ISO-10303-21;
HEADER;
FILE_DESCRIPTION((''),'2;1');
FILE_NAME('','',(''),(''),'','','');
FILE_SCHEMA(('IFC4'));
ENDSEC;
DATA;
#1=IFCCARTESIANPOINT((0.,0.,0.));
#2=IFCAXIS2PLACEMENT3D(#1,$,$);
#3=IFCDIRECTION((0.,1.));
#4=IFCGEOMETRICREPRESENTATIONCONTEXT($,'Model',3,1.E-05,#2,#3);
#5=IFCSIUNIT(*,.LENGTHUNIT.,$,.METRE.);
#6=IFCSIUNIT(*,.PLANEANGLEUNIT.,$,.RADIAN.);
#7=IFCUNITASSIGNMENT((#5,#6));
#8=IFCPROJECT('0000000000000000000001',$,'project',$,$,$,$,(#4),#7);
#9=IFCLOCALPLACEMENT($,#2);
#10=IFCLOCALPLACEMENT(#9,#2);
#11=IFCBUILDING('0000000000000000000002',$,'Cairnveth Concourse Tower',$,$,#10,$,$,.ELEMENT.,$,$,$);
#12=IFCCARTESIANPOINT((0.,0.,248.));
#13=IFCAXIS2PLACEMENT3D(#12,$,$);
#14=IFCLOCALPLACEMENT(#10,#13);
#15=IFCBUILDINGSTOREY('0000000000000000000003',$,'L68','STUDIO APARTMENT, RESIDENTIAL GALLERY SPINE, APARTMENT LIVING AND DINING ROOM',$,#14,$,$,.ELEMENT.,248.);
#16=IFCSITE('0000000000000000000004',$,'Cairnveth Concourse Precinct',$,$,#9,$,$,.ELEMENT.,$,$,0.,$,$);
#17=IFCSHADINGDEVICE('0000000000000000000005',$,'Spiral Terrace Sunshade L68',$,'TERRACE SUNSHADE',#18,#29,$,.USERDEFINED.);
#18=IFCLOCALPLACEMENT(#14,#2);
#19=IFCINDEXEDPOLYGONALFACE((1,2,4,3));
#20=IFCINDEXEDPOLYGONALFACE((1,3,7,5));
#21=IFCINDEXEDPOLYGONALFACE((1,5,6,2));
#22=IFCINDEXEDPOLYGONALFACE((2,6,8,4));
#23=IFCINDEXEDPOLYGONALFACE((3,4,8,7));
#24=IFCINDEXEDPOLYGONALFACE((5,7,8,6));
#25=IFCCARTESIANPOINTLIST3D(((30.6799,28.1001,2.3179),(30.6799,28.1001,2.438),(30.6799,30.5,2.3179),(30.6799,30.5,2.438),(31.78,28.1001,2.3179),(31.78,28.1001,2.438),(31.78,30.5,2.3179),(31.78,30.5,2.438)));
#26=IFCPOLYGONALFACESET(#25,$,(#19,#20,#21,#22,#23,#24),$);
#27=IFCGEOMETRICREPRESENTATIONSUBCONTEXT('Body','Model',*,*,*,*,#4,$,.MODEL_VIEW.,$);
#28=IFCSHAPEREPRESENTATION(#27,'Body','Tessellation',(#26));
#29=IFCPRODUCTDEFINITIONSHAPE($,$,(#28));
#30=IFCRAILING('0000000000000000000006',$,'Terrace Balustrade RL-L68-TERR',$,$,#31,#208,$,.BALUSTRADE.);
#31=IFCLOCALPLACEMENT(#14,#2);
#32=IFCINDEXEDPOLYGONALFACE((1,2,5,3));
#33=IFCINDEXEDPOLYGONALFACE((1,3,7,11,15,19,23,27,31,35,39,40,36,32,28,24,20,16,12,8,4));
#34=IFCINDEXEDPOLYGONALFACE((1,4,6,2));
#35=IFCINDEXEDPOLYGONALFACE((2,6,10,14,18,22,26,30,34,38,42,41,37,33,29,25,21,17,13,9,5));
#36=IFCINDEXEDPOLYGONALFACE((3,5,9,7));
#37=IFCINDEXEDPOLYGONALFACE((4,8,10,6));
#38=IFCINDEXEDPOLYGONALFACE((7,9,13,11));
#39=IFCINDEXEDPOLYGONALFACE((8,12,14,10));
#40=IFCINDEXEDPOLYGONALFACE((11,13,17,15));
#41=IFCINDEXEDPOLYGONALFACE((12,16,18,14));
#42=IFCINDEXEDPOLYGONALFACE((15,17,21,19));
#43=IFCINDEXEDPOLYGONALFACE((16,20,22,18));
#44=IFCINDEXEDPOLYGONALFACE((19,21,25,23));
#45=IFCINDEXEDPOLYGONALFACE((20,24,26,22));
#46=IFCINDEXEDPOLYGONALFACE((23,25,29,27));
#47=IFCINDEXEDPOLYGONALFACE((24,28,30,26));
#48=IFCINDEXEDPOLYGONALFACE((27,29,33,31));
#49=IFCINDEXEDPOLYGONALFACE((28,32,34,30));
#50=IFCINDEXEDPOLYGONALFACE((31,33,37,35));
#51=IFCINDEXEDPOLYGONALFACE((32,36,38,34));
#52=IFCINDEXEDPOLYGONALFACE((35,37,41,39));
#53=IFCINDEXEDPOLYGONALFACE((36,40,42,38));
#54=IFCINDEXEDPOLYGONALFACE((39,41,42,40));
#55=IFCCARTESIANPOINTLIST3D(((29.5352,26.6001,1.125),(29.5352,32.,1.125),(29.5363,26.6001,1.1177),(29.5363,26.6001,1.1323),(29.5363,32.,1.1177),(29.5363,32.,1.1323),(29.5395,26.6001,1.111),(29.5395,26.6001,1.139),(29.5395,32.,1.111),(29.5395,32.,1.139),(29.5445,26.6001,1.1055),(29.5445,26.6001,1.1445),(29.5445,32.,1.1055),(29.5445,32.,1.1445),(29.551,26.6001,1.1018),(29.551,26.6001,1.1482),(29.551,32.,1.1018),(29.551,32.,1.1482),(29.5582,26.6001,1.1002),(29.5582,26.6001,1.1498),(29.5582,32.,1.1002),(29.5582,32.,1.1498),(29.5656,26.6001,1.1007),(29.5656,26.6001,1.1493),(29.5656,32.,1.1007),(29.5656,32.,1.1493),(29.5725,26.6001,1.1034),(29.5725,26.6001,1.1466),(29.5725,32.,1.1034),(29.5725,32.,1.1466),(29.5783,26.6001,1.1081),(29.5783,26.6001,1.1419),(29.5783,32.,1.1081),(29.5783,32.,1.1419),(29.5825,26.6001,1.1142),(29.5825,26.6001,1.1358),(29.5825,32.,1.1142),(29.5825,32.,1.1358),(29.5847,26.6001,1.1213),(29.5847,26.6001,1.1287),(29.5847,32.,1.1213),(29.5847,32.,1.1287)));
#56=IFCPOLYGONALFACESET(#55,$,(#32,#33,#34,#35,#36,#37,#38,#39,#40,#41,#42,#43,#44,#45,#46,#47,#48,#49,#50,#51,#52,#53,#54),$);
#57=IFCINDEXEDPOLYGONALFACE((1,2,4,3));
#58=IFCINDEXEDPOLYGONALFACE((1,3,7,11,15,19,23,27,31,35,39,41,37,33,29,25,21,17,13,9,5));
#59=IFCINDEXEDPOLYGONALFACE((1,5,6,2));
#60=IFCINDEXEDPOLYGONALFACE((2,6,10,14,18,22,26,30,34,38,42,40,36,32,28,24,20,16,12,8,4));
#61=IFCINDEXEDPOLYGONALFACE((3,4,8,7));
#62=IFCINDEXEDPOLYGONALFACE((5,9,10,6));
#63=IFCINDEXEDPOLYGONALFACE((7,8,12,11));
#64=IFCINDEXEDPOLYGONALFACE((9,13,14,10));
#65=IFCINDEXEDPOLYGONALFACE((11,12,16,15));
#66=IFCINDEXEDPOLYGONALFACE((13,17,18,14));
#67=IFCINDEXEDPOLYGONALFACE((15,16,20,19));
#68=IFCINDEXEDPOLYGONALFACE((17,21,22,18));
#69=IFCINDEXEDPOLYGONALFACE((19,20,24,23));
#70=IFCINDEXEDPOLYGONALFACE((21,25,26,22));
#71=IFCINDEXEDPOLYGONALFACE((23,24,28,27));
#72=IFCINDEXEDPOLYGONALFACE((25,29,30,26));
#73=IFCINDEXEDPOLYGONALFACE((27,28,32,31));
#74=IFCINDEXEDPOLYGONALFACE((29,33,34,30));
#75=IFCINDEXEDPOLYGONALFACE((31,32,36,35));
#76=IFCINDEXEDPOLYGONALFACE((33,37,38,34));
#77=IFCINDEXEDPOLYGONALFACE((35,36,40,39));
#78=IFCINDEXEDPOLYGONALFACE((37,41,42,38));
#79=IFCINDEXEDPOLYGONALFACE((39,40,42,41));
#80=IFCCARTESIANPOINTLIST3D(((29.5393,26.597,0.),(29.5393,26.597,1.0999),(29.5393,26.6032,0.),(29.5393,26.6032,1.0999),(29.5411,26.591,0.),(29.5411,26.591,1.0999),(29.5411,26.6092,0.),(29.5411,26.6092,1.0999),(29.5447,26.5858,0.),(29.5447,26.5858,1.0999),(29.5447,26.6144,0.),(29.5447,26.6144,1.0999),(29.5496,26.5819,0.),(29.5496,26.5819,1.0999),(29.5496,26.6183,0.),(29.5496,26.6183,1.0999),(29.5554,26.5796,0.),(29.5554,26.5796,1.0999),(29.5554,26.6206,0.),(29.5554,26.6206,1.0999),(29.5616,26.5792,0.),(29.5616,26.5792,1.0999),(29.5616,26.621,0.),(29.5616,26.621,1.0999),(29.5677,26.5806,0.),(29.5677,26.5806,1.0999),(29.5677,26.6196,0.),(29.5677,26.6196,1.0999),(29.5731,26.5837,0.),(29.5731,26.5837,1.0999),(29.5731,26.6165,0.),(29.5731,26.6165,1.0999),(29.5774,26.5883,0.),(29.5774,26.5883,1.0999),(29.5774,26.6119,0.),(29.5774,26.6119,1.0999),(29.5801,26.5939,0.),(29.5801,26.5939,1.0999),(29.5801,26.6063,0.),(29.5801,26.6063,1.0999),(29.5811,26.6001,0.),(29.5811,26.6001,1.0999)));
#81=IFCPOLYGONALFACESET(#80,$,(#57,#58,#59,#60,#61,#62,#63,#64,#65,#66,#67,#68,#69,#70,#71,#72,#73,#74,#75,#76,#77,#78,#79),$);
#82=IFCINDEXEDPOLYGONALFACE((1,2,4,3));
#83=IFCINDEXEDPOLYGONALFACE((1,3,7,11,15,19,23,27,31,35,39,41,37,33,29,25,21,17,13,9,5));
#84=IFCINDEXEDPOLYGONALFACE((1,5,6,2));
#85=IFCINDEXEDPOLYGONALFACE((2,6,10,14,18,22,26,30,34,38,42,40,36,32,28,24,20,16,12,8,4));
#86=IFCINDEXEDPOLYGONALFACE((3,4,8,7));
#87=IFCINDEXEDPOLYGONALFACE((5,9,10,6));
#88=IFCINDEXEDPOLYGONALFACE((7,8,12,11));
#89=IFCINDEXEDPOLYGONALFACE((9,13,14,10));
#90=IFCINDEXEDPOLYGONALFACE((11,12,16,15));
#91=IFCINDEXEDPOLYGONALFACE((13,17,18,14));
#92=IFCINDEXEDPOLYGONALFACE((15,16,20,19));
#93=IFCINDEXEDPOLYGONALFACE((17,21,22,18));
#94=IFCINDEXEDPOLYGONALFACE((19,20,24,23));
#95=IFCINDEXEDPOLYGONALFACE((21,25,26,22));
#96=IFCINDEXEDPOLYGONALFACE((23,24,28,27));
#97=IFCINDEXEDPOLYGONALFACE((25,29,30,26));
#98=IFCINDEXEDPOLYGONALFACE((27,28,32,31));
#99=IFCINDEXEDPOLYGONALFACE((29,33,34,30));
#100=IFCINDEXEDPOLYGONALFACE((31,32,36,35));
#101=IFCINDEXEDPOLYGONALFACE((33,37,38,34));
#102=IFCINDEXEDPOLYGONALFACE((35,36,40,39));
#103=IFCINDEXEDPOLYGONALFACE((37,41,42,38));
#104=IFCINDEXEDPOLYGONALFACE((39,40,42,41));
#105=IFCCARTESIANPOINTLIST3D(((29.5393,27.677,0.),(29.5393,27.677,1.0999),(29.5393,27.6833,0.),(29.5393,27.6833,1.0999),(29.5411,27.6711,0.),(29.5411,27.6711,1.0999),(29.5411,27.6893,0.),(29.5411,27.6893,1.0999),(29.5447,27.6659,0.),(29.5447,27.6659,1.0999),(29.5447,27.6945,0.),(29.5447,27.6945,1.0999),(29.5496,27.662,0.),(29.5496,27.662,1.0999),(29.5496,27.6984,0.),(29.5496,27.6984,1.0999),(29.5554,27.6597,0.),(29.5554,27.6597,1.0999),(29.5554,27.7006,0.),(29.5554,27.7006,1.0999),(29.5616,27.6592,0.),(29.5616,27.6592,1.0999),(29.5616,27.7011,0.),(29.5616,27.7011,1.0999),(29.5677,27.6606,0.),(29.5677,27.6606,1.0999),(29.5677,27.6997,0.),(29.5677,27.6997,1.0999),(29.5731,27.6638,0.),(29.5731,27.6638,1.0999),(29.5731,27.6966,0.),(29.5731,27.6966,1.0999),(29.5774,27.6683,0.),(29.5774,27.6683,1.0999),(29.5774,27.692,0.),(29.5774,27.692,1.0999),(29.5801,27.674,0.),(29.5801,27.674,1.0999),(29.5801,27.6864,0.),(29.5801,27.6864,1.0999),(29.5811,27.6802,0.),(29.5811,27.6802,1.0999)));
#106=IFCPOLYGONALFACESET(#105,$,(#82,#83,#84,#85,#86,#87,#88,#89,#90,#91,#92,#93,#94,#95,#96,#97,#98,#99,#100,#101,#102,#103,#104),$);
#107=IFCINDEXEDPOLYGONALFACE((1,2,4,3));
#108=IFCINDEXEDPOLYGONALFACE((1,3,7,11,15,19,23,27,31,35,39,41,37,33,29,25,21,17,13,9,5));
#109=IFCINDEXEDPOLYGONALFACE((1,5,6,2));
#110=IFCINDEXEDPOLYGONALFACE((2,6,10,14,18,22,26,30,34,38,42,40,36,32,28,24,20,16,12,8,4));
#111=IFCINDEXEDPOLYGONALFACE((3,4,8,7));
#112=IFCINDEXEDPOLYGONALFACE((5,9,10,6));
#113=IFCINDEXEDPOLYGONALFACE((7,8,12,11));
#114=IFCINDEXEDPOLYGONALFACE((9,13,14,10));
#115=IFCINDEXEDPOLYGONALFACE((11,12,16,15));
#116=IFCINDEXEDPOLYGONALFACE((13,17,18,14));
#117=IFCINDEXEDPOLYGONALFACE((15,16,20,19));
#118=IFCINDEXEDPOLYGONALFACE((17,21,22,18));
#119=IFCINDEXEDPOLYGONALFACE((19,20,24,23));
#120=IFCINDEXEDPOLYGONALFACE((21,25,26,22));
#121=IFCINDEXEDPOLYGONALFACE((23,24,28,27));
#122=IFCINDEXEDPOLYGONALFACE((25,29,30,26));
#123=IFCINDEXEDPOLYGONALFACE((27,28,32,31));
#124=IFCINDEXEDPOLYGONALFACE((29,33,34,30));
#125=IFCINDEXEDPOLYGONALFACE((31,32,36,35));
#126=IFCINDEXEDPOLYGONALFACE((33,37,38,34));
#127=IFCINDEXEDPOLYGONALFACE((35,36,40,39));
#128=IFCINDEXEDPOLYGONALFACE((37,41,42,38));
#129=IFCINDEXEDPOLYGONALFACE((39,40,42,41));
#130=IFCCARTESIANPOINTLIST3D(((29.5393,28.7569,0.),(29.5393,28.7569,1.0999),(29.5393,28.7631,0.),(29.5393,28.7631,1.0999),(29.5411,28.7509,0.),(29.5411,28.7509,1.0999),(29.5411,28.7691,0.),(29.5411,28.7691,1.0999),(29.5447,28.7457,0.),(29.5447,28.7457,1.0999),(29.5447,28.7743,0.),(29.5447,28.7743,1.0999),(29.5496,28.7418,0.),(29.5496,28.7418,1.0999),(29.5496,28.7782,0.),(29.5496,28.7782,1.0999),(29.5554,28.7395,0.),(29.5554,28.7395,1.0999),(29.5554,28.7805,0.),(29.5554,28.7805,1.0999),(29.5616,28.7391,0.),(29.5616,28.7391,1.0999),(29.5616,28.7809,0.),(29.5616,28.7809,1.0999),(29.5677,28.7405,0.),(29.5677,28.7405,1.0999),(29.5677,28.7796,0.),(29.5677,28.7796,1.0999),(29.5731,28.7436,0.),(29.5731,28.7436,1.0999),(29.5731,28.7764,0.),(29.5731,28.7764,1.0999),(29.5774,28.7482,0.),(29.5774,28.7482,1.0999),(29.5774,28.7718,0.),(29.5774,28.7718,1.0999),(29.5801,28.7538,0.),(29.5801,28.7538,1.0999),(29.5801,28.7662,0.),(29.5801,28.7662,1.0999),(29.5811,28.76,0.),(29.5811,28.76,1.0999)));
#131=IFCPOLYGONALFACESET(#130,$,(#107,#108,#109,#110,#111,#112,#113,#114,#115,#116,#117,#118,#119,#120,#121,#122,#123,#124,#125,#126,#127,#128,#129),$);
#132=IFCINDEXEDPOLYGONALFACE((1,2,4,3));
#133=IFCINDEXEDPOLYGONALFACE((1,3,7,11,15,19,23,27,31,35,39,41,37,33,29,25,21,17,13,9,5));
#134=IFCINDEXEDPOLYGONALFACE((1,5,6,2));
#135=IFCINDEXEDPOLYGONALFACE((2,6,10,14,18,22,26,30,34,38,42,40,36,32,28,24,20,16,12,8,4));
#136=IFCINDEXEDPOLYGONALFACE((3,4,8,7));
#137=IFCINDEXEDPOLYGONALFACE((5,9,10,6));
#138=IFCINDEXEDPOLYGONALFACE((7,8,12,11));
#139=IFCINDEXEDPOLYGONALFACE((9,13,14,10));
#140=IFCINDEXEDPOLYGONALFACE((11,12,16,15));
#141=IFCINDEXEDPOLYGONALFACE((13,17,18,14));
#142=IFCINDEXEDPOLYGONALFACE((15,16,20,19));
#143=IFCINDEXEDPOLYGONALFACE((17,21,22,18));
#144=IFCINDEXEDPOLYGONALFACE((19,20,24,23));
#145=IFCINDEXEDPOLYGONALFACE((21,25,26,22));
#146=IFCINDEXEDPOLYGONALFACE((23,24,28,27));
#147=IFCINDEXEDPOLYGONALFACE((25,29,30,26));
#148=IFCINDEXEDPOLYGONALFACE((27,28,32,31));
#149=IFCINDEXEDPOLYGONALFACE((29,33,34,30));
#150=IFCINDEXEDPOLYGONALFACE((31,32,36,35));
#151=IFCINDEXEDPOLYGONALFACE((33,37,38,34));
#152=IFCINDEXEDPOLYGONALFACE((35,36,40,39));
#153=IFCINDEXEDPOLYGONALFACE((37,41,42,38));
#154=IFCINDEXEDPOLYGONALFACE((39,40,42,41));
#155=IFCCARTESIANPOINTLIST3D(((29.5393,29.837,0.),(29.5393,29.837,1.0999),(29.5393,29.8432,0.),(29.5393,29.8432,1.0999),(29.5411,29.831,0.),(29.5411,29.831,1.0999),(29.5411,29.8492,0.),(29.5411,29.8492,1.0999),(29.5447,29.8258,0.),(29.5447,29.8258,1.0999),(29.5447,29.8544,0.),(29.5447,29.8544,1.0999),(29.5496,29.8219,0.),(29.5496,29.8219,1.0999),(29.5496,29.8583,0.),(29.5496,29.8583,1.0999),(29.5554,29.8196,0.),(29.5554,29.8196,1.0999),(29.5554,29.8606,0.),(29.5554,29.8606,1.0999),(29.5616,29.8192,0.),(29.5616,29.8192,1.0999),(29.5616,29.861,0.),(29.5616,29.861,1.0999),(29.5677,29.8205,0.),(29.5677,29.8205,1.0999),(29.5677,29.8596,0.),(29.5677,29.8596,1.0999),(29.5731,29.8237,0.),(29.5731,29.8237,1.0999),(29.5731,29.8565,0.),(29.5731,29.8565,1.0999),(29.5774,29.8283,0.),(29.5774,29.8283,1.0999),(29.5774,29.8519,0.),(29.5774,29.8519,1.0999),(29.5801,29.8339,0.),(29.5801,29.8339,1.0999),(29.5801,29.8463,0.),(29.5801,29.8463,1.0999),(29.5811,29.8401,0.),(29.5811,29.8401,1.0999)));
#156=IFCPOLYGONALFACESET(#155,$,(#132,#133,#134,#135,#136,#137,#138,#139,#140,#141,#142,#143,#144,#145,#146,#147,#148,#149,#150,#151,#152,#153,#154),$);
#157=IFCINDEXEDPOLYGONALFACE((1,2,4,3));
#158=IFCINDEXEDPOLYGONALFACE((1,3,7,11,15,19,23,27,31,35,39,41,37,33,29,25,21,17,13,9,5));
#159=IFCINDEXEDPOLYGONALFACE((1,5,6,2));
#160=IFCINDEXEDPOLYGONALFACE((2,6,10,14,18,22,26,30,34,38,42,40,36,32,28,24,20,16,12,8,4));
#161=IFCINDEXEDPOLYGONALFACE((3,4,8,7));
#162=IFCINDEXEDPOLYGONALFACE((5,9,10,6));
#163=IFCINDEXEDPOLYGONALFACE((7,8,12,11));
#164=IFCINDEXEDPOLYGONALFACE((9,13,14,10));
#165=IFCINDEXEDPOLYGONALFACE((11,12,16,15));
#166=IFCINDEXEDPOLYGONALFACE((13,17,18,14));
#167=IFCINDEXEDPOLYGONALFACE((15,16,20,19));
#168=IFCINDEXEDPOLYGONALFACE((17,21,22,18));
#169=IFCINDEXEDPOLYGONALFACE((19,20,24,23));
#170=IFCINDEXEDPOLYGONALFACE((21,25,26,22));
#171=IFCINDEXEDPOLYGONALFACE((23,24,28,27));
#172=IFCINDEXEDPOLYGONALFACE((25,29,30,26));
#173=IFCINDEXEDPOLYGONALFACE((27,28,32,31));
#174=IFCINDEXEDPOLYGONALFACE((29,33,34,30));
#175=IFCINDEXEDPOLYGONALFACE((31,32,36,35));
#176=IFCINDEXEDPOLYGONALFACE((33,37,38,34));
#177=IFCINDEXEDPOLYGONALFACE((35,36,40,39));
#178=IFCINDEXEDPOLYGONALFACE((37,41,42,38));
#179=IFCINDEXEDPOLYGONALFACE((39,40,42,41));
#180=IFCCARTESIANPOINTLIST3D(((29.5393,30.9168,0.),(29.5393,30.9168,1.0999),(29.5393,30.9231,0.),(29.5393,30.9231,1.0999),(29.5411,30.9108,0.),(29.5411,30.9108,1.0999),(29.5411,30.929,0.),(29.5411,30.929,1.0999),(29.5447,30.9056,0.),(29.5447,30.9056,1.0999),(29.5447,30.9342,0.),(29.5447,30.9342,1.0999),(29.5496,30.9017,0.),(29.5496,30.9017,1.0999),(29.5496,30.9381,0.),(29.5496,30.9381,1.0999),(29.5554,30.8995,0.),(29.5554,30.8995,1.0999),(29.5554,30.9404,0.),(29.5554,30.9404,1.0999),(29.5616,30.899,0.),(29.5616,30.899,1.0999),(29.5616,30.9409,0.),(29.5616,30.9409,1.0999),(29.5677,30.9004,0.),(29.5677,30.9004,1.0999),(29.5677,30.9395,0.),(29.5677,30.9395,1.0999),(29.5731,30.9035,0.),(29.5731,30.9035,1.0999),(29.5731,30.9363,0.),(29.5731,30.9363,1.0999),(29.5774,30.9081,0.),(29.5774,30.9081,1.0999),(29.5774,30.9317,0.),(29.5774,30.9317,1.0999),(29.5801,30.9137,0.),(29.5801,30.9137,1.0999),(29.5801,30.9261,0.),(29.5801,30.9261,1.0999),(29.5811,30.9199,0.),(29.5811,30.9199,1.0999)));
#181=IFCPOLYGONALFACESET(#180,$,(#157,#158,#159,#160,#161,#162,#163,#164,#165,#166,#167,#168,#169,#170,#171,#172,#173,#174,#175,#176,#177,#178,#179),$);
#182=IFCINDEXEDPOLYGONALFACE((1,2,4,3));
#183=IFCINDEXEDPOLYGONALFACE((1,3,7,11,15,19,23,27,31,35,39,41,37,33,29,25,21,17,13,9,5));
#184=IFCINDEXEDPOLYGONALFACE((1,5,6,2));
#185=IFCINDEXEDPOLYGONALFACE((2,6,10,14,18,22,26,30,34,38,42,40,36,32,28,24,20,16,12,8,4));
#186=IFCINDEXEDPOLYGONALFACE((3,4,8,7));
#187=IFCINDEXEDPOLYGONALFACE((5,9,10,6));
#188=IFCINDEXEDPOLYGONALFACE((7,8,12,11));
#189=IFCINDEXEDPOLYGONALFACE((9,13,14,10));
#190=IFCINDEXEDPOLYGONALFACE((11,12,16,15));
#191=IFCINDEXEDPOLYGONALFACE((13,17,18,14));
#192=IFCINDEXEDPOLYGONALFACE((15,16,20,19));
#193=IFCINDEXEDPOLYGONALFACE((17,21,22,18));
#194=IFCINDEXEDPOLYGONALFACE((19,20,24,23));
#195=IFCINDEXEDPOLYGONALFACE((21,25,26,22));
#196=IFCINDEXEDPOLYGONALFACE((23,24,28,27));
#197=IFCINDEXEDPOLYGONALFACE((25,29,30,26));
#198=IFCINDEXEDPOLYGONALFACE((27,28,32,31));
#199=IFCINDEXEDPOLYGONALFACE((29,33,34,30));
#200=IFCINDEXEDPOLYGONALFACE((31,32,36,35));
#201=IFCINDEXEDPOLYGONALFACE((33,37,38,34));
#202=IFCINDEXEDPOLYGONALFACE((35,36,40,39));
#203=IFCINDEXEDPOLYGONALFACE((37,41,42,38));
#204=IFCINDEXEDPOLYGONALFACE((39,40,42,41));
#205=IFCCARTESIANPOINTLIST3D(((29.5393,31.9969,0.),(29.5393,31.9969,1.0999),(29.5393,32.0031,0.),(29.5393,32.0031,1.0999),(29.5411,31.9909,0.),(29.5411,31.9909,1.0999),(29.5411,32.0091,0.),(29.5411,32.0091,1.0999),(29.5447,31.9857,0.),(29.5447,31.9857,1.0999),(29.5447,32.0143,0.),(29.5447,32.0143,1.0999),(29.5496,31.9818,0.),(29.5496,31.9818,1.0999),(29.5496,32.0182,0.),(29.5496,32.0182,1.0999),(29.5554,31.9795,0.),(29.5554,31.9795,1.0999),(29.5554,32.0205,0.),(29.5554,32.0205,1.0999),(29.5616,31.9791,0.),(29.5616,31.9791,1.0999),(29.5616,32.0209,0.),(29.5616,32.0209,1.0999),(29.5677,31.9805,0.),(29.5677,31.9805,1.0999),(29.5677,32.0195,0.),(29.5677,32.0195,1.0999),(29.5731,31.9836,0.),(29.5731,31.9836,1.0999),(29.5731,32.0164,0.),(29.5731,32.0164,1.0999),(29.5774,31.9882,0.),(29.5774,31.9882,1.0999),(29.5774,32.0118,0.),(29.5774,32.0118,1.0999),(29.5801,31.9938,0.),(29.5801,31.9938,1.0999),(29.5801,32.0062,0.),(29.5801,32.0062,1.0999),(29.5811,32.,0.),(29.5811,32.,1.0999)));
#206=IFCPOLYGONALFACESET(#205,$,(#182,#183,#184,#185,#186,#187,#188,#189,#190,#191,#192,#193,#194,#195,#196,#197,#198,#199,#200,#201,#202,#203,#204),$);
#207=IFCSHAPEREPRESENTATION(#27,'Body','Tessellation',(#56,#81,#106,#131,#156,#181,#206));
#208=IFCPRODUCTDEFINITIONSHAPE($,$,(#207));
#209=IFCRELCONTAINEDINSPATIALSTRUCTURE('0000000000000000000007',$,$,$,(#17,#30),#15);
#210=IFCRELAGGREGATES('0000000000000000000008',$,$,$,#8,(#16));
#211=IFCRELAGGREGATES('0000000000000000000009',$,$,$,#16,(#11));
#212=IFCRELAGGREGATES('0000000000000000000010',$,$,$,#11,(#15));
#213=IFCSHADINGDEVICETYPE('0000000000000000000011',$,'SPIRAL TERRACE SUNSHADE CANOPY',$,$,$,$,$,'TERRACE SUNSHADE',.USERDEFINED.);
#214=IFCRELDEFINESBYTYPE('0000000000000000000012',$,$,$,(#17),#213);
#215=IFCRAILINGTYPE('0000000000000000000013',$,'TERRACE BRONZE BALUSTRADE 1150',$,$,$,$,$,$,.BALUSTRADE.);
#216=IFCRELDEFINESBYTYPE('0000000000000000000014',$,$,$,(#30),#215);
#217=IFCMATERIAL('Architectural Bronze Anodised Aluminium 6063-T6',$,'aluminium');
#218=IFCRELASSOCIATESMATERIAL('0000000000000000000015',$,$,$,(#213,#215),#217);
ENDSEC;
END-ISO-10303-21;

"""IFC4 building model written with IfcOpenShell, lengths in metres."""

from ifc_helpers import new_model, si_unit, direction, frame, origin, origin_2d, place, context, subcontext, project, spatial, rectangle, circle, extrude, material, type_object, element, save


model = new_model("IFC4")

# Units and contexts
model_context = context("Model", 3, precision=1e-05, world=origin(), true_north=direction((0.0, 1.0)))
body_context = subcontext(model_context, "Body", "Model", "MODEL_VIEW")
ifc_project = project(units=[si_unit("LENGTHUNIT", "METRE"), si_unit("PLANEANGLEUNIT", "RADIAN")], contexts=[model_context])

# Site, building, storey
site_placement = place(None, origin())
site = spatial("IfcSite", under=ifc_project, at=site_placement, Name="Cairnveth Concourse Precinct", CompositionType="ELEMENT", RefElevation=0.0)
building_placement = place(site_placement, origin())
building = spatial("IfcBuilding", under=site, at=building_placement, Name="Cairnveth Concourse Tower", CompositionType="ELEMENT")
storey_placement = place(building_placement, frame((0.0, 0.0, 248.0)))
storey = spatial("IfcBuildingStorey", under=building, at=storey_placement, Name="L68", Description="STUDIO APARTMENT, RESIDENTIAL GALLERY SPINE, APARTMENT LIVING AND DINING ROOM", CompositionType="ELEMENT", Elevation=248.0)

# Shared definitions
ifc_material_1 = material(Name="Architectural Bronze Anodised Aluminium 6063-T6", Category="aluminium")

# Shading device
shading_device_type = type_object("IfcShadingDeviceType", Name="SPIRAL TERRACE SUNSHADE CANOPY", ElementType="TERRACE SUNSHADE", PredefinedType="USERDEFINED", material=ifc_material_1)
shading_device_placement = place(storey_placement, frame((31.23, 29.3, 2.3179), z_axis=(0.0, 0.0, 1.0), x_axis=(1.0, 0.0, 0.0)))
element("IfcShadingDevice", 1, at=shading_device_placement, inside=storey, type_object=shading_device_type, Name="Spiral Terrace Sunshade L68", ObjectType="TERRACE SUNSHADE", PredefinedType="USERDEFINED", context=body_context, shape_type="SweptSolid", body=[
    extrude(rectangle(XDim=1.1001, YDim=2.3999, at=origin_2d()), origin(), (0.0, 0.0, 1.0), 0.1201),
])

# Railing
railing_type = type_object("IfcRailingType", Name="TERRACE BRONZE BALUSTRADE 1150", PredefinedType="BALUSTRADE", material=ifc_material_1)
railing_placement = place(storey_placement, frame((29.5601, 26.6001, 0.0)))
element("IfcRailing", 2, at=railing_placement, inside=storey, type_object=railing_type, Name="Terrace Balustrade RL-L68-TERR", PredefinedType="BALUSTRADE", context=body_context, shape_type="SweptSolid", body=[
    extrude(circle(Radius=0.0249, at=origin_2d()), frame((0.0, 0.0, 1.125), z_axis=(0.0, 1.0, 0.0), x_axis=(-1.0, 0.0, 0.0)), (0.0, 0.0, 1.0), 5.3999),
    extrude(circle(Radius=0.021, at=origin_2d()), origin(), (0.0, 0.0, 1.0), 1.0999),
    extrude(circle(Radius=0.021, at=origin_2d()), frame((0.0, 1.0801, 0.0)), (0.0, 0.0, 1.0), 1.0999),
    extrude(circle(Radius=0.021, at=origin_2d()), frame((0.0, 2.1599, 0.0)), (0.0, 0.0, 1.0), 1.0999),
    extrude(circle(Radius=0.021, at=origin_2d()), frame((0.0, 3.24, 0.0)), (0.0, 0.0, 1.0), 1.0999),
    extrude(circle(Radius=0.021, at=origin_2d()), frame((0.0, 4.3198, 0.0)), (0.0, 0.0, 1.0), 1.0999),
    extrude(circle(Radius=0.021, at=origin_2d()), frame((0.0, 5.3999, 0.0)), (0.0, 0.0, 1.0), 1.0999),
])

save(model, "model.ifc")
